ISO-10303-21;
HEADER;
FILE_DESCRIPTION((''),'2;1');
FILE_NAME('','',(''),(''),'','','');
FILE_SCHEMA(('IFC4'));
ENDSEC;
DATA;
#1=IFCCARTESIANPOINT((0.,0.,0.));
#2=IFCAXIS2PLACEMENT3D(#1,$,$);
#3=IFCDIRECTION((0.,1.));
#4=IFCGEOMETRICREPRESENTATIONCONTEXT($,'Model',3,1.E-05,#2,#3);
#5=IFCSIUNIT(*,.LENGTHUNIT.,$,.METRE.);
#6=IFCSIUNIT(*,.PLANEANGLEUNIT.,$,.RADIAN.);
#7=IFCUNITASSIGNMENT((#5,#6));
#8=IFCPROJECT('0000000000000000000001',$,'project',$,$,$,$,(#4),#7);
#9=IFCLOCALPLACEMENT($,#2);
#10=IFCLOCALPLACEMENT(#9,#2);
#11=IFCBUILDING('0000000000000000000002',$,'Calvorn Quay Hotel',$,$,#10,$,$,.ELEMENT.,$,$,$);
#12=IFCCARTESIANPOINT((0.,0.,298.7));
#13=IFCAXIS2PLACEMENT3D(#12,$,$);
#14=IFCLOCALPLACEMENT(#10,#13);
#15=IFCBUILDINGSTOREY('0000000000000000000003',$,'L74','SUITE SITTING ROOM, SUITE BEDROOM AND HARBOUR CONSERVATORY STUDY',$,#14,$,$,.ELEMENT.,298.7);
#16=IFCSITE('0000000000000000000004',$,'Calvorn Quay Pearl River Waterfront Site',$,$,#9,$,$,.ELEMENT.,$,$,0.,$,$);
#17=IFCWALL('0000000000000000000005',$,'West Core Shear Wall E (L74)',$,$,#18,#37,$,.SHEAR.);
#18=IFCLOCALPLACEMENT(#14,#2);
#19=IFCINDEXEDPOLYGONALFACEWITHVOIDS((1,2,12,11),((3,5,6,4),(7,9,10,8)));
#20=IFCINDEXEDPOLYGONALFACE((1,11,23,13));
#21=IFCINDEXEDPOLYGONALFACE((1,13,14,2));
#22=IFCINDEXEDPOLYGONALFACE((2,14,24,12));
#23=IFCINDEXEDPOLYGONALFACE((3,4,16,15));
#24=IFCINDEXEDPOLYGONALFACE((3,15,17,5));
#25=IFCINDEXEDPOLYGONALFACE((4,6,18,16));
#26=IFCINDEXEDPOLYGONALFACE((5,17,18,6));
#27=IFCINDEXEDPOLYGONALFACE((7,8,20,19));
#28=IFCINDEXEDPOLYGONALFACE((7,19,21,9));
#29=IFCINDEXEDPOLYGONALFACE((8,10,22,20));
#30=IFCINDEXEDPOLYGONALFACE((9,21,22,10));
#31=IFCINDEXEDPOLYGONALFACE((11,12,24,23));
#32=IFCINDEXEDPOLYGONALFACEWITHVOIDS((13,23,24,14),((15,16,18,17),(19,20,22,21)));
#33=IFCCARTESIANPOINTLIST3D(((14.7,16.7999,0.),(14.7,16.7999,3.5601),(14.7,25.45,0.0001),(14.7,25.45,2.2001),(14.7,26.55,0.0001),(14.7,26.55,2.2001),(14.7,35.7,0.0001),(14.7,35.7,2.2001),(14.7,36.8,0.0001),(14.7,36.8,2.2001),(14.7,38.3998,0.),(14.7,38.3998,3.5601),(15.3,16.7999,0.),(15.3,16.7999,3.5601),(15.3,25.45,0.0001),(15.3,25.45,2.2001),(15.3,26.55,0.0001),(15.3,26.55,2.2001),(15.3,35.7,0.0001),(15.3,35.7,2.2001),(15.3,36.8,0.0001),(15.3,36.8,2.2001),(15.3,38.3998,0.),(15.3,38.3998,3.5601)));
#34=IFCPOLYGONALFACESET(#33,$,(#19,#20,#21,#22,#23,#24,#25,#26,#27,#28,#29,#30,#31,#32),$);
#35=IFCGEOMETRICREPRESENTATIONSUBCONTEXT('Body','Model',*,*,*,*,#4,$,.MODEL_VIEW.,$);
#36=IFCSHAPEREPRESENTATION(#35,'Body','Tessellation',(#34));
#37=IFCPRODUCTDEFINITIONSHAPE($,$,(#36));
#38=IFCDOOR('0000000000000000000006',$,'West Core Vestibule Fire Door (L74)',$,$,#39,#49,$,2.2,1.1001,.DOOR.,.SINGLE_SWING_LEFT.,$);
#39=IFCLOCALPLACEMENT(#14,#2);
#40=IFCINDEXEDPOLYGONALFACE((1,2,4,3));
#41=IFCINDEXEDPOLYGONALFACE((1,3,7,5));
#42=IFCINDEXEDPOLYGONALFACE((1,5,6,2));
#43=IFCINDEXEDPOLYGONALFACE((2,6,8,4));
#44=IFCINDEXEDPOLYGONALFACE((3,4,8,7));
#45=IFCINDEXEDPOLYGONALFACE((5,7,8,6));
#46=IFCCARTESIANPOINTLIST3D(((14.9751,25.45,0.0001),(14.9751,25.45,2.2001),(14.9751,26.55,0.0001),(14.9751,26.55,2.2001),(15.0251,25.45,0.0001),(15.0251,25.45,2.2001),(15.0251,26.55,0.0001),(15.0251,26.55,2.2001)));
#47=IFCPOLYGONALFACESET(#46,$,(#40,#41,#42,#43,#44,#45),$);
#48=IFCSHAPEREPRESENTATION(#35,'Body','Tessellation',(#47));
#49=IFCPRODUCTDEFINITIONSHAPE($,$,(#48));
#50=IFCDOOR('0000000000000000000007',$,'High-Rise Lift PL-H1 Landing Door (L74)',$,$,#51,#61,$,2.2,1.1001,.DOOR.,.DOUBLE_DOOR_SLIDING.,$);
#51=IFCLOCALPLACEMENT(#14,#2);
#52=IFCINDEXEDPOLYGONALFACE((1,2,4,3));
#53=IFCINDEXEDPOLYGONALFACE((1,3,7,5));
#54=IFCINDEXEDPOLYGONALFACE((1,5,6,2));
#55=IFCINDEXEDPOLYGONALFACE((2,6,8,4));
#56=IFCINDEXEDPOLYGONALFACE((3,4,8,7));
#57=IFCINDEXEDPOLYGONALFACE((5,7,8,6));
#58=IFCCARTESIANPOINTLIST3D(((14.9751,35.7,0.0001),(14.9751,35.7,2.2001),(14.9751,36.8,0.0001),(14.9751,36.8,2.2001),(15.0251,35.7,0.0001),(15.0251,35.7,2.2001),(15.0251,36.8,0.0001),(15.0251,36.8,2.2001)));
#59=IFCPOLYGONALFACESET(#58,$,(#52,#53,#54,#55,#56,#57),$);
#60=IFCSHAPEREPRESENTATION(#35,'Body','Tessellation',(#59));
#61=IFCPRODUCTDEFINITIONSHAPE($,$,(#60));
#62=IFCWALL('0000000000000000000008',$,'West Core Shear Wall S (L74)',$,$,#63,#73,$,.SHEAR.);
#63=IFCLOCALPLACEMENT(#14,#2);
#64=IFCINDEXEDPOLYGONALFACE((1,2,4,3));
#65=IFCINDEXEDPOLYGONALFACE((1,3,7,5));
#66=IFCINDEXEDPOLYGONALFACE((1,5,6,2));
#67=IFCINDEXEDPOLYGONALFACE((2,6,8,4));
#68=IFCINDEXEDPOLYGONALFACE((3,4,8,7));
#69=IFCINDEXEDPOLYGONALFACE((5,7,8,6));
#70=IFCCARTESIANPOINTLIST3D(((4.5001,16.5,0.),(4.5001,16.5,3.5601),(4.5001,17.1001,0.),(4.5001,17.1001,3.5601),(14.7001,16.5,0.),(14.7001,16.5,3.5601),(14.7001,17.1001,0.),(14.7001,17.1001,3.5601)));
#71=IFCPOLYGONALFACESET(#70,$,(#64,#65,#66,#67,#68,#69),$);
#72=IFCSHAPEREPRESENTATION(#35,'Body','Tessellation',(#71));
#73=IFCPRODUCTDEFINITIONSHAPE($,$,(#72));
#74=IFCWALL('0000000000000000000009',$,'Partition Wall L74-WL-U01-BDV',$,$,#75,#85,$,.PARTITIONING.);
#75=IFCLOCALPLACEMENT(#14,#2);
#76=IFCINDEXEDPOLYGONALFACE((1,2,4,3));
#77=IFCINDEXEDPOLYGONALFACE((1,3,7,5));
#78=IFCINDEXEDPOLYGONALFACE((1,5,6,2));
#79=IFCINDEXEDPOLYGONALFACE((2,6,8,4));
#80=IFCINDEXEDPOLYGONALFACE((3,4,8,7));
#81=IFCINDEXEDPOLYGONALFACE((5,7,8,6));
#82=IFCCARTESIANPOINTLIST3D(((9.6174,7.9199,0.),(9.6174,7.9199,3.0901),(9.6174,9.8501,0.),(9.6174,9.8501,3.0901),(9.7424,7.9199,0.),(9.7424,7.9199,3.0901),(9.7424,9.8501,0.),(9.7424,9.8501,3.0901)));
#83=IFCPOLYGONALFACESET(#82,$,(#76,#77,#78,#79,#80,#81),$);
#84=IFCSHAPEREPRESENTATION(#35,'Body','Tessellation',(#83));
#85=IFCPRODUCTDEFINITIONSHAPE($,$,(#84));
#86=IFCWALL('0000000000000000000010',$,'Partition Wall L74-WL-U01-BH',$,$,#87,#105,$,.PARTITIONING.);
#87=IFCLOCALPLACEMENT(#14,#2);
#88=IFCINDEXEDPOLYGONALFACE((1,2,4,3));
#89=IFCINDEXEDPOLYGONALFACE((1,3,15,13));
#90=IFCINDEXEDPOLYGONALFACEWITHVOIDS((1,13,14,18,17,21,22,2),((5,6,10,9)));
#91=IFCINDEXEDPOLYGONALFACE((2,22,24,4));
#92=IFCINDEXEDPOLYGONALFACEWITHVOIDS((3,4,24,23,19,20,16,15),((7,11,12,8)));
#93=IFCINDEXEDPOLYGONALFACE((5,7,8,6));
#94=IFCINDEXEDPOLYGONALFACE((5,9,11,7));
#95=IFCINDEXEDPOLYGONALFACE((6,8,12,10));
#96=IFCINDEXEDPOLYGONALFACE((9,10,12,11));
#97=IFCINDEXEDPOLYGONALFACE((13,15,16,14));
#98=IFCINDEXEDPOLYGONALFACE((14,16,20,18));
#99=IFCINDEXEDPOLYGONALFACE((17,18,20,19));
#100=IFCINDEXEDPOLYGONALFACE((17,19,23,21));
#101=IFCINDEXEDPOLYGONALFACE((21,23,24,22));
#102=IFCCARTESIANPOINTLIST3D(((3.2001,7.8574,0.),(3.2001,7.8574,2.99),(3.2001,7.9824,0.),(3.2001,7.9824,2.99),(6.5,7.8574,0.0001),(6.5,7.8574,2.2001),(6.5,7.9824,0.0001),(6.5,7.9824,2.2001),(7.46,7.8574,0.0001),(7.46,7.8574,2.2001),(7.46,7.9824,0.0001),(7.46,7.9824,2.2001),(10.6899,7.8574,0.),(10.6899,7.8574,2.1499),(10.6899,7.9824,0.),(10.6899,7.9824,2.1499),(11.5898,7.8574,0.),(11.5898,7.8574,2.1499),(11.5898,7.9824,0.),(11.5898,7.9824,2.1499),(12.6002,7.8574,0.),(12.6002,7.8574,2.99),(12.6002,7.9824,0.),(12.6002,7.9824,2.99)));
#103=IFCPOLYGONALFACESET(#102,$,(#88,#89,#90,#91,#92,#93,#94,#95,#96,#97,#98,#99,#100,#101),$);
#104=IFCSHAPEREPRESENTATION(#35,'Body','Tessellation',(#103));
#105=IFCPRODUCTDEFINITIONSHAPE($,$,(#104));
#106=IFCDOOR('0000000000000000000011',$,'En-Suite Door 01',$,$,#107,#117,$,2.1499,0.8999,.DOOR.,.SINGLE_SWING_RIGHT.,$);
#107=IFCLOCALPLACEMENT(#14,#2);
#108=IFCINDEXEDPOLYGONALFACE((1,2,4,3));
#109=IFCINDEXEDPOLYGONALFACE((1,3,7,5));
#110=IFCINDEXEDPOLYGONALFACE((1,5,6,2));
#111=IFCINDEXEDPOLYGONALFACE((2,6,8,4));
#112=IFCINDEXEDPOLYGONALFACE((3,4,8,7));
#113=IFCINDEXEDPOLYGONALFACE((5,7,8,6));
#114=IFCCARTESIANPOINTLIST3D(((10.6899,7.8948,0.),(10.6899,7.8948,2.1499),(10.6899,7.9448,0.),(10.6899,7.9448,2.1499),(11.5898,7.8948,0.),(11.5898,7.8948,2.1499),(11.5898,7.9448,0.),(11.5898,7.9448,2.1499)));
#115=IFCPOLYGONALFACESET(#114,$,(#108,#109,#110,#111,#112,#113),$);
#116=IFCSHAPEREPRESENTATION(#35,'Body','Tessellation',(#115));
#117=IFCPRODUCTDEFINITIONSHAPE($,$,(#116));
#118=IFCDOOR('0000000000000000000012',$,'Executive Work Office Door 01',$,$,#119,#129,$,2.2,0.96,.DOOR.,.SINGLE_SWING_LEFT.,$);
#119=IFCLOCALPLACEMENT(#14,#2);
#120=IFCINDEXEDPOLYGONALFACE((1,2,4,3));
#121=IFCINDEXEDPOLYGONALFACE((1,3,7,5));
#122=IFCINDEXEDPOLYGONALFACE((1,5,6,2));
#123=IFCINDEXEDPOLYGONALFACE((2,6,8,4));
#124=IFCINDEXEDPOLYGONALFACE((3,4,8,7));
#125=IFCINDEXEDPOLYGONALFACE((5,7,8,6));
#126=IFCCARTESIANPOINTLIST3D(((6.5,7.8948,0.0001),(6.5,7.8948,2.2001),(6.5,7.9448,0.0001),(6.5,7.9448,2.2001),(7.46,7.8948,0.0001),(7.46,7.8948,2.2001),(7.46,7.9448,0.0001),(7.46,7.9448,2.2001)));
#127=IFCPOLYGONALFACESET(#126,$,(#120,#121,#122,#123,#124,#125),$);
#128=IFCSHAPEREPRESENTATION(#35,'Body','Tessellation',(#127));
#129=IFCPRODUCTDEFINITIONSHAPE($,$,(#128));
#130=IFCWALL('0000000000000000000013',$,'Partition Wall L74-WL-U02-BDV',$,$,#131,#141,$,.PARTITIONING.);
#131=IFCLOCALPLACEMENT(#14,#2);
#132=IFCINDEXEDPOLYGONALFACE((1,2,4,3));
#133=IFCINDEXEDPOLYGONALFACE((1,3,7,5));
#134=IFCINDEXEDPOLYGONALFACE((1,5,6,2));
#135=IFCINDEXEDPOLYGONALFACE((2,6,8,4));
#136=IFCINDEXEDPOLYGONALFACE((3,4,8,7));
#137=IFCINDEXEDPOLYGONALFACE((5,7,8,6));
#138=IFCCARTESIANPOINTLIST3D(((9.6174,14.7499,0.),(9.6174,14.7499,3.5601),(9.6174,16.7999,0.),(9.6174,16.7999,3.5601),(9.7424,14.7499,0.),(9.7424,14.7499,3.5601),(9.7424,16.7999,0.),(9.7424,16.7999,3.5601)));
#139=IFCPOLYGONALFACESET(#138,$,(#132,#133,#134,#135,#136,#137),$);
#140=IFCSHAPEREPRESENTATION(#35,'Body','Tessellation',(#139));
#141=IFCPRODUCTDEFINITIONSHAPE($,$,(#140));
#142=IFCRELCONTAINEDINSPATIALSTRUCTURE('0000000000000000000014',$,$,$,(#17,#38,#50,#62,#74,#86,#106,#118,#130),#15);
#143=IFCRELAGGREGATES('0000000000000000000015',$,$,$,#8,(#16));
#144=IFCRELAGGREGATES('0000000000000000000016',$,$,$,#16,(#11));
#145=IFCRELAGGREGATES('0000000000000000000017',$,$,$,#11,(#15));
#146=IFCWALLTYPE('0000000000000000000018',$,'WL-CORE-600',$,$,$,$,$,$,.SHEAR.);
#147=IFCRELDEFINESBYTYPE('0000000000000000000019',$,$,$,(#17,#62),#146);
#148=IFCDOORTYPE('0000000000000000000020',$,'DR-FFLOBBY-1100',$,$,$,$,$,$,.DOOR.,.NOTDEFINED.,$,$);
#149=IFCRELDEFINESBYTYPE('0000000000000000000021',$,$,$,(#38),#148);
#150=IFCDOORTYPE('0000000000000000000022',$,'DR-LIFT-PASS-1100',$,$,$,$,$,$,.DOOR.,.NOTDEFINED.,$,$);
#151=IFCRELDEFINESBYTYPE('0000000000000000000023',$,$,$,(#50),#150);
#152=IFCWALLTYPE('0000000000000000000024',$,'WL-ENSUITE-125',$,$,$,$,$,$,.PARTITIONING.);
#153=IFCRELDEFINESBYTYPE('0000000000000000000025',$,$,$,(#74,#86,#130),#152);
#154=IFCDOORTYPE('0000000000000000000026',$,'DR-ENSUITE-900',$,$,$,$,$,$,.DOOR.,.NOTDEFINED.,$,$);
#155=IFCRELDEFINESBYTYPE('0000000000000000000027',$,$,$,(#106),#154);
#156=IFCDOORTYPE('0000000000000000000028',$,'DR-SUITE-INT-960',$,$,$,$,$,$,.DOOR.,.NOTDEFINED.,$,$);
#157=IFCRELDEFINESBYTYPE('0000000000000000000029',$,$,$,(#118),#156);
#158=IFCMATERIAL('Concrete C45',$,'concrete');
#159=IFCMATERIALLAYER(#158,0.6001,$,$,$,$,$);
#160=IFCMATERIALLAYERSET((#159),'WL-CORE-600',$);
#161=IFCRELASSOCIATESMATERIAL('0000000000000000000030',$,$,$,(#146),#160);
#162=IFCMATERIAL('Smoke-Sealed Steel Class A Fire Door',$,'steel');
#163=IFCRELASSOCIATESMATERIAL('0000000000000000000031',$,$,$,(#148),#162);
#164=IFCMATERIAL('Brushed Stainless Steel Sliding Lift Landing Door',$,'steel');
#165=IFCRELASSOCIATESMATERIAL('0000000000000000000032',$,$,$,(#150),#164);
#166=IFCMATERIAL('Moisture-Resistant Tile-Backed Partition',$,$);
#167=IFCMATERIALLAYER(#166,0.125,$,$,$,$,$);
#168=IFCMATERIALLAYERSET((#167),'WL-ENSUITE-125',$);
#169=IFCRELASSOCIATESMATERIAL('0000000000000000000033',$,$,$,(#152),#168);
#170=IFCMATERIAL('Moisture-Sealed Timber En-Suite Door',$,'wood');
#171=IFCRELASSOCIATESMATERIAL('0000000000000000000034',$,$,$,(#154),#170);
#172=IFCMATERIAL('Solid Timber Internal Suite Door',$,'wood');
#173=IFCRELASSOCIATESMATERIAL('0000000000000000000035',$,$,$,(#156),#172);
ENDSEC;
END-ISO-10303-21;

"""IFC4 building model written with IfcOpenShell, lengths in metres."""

from ifc_helpers import new_model, si_unit, direction, frame, frame_2d, origin, place, context, subcontext, project, spatial, rectangle, extrude, material, layer, layer_set, type_object, element, fill, save


model = new_model("IFC4")

# Units and contexts
model_context = context("Model", 3, precision=1e-05, world=origin(), true_north=direction((0.0, 1.0)))
body_context = subcontext(model_context, "Body", "Model", "MODEL_VIEW")
ifc_project = project(units=[si_unit("LENGTHUNIT", "METRE"), si_unit("PLANEANGLEUNIT", "RADIAN")], contexts=[model_context])

# Site, building, storey
site_placement = place(None, origin())
site = spatial("IfcSite", under=ifc_project, at=site_placement, Name="Calvorn Quay Pearl River Waterfront Site", CompositionType="ELEMENT", RefElevation=0.0)
building_placement = place(site_placement, origin())
building = spatial("IfcBuilding", under=site, at=building_placement, Name="Calvorn Quay Hotel", CompositionType="ELEMENT")
storey_placement = place(building_placement, frame((0.0, 0.0, 298.7)))
storey = spatial("IfcBuildingStorey", under=building, at=storey_placement, Name="L74", Description="SUITE SITTING ROOM, SUITE BEDROOM AND HARBOUR CONSERVATORY STUDY", CompositionType="ELEMENT", Elevation=298.7)

# Shared definitions
ifc_material_1 = material(Name="Concrete C45", Category="concrete")
ifc_layer_1 = layer(ifc_material_1, 0.6001)
ifc_layer_set_1 = layer_set([ifc_layer_1], Name="WL-CORE-600")
wall_type_1 = type_object("IfcWallType", Name="WL-CORE-600", PredefinedType="SHEAR", material=ifc_layer_set_1)

# Wall, openings, doors
wall_1_placement = place(storey_placement, frame((15.0, 16.8, 0.0), z_axis=(0.0, 0.0, 1.0), x_axis=(0.0, 1.0, 0.0)))
wall_1 = element("IfcWall", 1, at=wall_1_placement, inside=storey, type_object=wall_type_1, Name="West Core Shear Wall E (L74)", PredefinedType="SHEAR", context=body_context, shape_type="SweptSolid", body=[
    extrude(rectangle(XDim=21.5999, YDim=0.6001, at=frame_2d((10.7998, 0.0))), origin(), (0.0, 0.0, 1.0), 3.5601),
])
opening_1_placement = place(wall_1_placement, frame((8.6499, 0.0, 0.0)))
opening_1 = element("IfcOpeningElement", 2, at=opening_1_placement, cuts=wall_1, PredefinedType="OPENING", context=body_context, shape_type="SweptSolid", body=[
    extrude(rectangle(XDim=1.1001, YDim=2.2, at=frame_2d((0.55, 1.1001))), frame((0.0, 0.3101, 0.0), z_axis=(0.0, -1.0, 0.0), x_axis=(1.0, 0.0, 0.0)), (0.0, 0.0, 1.0), 0.6201),
])
opening_2_placement = place(wall_1_placement, frame((18.8999, 0.0, 0.0)))
opening_2 = element("IfcOpeningElement", 3, at=opening_2_placement, cuts=wall_1, PredefinedType="OPENING", context=body_context, shape_type="SweptSolid", body=[
    extrude(rectangle(XDim=1.1001, YDim=2.2, at=frame_2d((0.55, 1.1001))), frame((0.0, 0.3101, 0.0), z_axis=(0.0, -1.0, 0.0), x_axis=(1.0, 0.0, 0.0)), (0.0, 0.0, 1.0), 0.6201),
])
ifc_material_2 = material(Name="Smoke-Sealed Steel Class A Fire Door", Category="steel")
door_type_1 = type_object("IfcDoorType", Name="DR-FFLOBBY-1100", OperationType="NOTDEFINED", PredefinedType="DOOR", material=ifc_material_2)
door_1_placement = place(opening_1_placement, origin())
door_1 = element("IfcDoor", 4, at=door_1_placement, inside=storey, type_object=door_type_1, Name="West Core Vestibule Fire Door (L74)", OperationType="SINGLE_SWING_LEFT", OverallHeight=2.2, OverallWidth=1.1001, PredefinedType="DOOR", context=body_context, shape_type="SweptSolid", body=[
    extrude(rectangle(XDim=1.1001, YDim=2.2, at=frame_2d((0.55, 1.1001))), frame((0.0, 0.0249, 0.0), z_axis=(0.0, -1.0, 0.0), x_axis=(1.0, 0.0, 0.0)), (0.0, 0.0, 1.0), 0.05),
])
fill(opening_1, door_1)
ifc_material_3 = material(Name="Brushed Stainless Steel Sliding Lift Landing Door", Category="steel")
door_type_2 = type_object("IfcDoorType", Name="DR-LIFT-PASS-1100", OperationType="NOTDEFINED", PredefinedType="DOOR", material=ifc_material_3)
door_2_placement = place(opening_2_placement, origin())
door_2 = element("IfcDoor", 5, at=door_2_placement, inside=storey, type_object=door_type_2, Name="High-Rise Lift PL-H1 Landing Door (L74)", OperationType="DOUBLE_DOOR_SLIDING", OverallHeight=2.2, OverallWidth=1.1001, PredefinedType="DOOR", context=body_context, shape_type="SweptSolid", body=[
    extrude(rectangle(XDim=1.1001, YDim=2.2, at=frame_2d((0.55, 1.1001))), frame((0.0, 0.0249, 0.0), z_axis=(0.0, -1.0, 0.0), x_axis=(1.0, 0.0, 0.0)), (0.0, 0.0, 1.0), 0.05),
])
fill(opening_2, door_2)

# Walls
wall_2_placement = place(storey_placement, frame((4.5, 16.8, 0.0), z_axis=(0.0, 0.0, 1.0), x_axis=(1.0, 0.0, 0.0)))
element("IfcWall", 6, at=wall_2_placement, inside=storey, type_object=wall_type_1, Name="West Core Shear Wall S (L74)", PredefinedType="SHEAR", context=body_context, shape_type="SweptSolid", body=[
    extrude(rectangle(XDim=10.2, YDim=0.6001, at=frame_2d((5.1001, 0.0))), origin(), (0.0, 0.0, 1.0), 3.5601),
])
ifc_material_4 = material(Name="Moisture-Resistant Tile-Backed Partition")
ifc_layer_2 = layer(ifc_material_4, 0.125)
ifc_layer_set_2 = layer_set([ifc_layer_2], Name="WL-ENSUITE-125")
wall_type_2 = type_object("IfcWallType", Name="WL-ENSUITE-125", PredefinedType="PARTITIONING", material=ifc_layer_set_2)
wall_3_placement = place(storey_placement, frame((9.6799, 7.9199, 0.0), z_axis=(0.0, 0.0, 1.0), x_axis=(0.0, 1.0, 0.0)))
element("IfcWall", 7, at=wall_3_placement, inside=storey, type_object=wall_type_2, Name="Partition Wall L74-WL-U01-BDV", PredefinedType="PARTITIONING", context=body_context, shape_type="SweptSolid", body=[
    extrude(rectangle(XDim=1.9302, YDim=0.125, at=frame_2d((0.9651, 0.0))), origin(), (0.0, 0.0, 1.0), 3.0901),
])

# Wall, openings, doors
wall_4_placement = place(storey_placement, frame((3.2, 7.9199, 0.0), z_axis=(0.0, 0.0, 1.0), x_axis=(1.0, 0.0, 0.0)))
wall_4 = element("IfcWall", 8, at=wall_4_placement, inside=storey, type_object=wall_type_2, Name="Partition Wall L74-WL-U01-BH", PredefinedType="PARTITIONING", context=body_context, shape_type="SweptSolid", body=[
    extrude(rectangle(XDim=9.4001, YDim=0.125, at=frame_2d((4.7002, 0.0))), origin(), (0.0, 0.0, 1.0), 2.99),
])
opening_3_placement = place(wall_4_placement, frame((3.3, 0.0, 0.0)))
opening_3 = element("IfcOpeningElement", 9, at=opening_3_placement, cuts=wall_4, PredefinedType="OPENING", context=body_context, shape_type="SweptSolid", body=[
    extrude(rectangle(XDim=0.96, YDim=2.2, at=frame_2d((0.48, 1.1001))), frame((0.0, 0.0725, 0.0), z_axis=(0.0, -1.0, 0.0), x_axis=(1.0, 0.0, 0.0)), (0.0, 0.0, 1.0), 0.145),
])
opening_4_placement = place(wall_4_placement, frame((7.49, 0.0, 0.0)))
opening_4 = element("IfcOpeningElement", 10, at=opening_4_placement, cuts=wall_4, PredefinedType="OPENING", context=body_context, shape_type="SweptSolid", body=[
    extrude(rectangle(XDim=0.8999, YDim=2.1499, at=frame_2d((0.45, 1.075))), frame((0.0, 0.0725, 0.0), z_axis=(0.0, -1.0, 0.0), x_axis=(1.0, 0.0, 0.0)), (0.0, 0.0, 1.0), 0.145),
])
ifc_material_5 = material(Name="Moisture-Sealed Timber En-Suite Door", Category="wood")
door_type_3 = type_object("IfcDoorType", Name="DR-ENSUITE-900", OperationType="NOTDEFINED", PredefinedType="DOOR", material=ifc_material_5)
door_3_placement = place(opening_4_placement, origin())
door_3 = element("IfcDoor", 11, at=door_3_placement, inside=storey, type_object=door_type_3, Name="En-Suite Door 01", OperationType="SINGLE_SWING_RIGHT", OverallHeight=2.1499, OverallWidth=0.8999, PredefinedType="DOOR", context=body_context, shape_type="SweptSolid", body=[
    extrude(rectangle(XDim=0.8999, YDim=2.1499, at=frame_2d((0.45, 1.075))), frame((0.0, 0.0249, 0.0), z_axis=(0.0, -1.0, 0.0), x_axis=(1.0, 0.0, 0.0)), (0.0, 0.0, 1.0), 0.05),
])
fill(opening_4, door_3)
ifc_material_6 = material(Name="Solid Timber Internal Suite Door", Category="wood")
door_type_4 = type_object("IfcDoorType", Name="DR-SUITE-INT-960", OperationType="NOTDEFINED", PredefinedType="DOOR", material=ifc_material_6)
door_4_placement = place(opening_3_placement, origin())
door_4 = element("IfcDoor", 12, at=door_4_placement, inside=storey, type_object=door_type_4, Name="Executive Work Office Door 01", OperationType="SINGLE_SWING_LEFT", OverallHeight=2.2, OverallWidth=0.96, PredefinedType="DOOR", context=body_context, shape_type="SweptSolid", body=[
    extrude(rectangle(XDim=0.96, YDim=2.2, at=frame_2d((0.48, 1.1001))), frame((0.0, 0.0249, 0.0), z_axis=(0.0, -1.0, 0.0), x_axis=(1.0, 0.0, 0.0)), (0.0, 0.0, 1.0), 0.05),
])
fill(opening_3, door_4)

# Wall
wall_5_placement = place(storey_placement, frame((9.6799, 14.75, 0.0), z_axis=(0.0, 0.0, 1.0), x_axis=(0.0, 1.0, 0.0)))
element("IfcWall", 13, at=wall_5_placement, inside=storey, type_object=wall_type_2, Name="Partition Wall L74-WL-U02-BDV", PredefinedType="PARTITIONING", context=body_context, shape_type="SweptSolid", body=[
    extrude(rectangle(XDim=2.05, YDim=0.125, at=frame_2d((1.0249, 0.0))), origin(), (0.0, 0.0, 1.0), 3.5601),
])

save(model, "model.ifc")
